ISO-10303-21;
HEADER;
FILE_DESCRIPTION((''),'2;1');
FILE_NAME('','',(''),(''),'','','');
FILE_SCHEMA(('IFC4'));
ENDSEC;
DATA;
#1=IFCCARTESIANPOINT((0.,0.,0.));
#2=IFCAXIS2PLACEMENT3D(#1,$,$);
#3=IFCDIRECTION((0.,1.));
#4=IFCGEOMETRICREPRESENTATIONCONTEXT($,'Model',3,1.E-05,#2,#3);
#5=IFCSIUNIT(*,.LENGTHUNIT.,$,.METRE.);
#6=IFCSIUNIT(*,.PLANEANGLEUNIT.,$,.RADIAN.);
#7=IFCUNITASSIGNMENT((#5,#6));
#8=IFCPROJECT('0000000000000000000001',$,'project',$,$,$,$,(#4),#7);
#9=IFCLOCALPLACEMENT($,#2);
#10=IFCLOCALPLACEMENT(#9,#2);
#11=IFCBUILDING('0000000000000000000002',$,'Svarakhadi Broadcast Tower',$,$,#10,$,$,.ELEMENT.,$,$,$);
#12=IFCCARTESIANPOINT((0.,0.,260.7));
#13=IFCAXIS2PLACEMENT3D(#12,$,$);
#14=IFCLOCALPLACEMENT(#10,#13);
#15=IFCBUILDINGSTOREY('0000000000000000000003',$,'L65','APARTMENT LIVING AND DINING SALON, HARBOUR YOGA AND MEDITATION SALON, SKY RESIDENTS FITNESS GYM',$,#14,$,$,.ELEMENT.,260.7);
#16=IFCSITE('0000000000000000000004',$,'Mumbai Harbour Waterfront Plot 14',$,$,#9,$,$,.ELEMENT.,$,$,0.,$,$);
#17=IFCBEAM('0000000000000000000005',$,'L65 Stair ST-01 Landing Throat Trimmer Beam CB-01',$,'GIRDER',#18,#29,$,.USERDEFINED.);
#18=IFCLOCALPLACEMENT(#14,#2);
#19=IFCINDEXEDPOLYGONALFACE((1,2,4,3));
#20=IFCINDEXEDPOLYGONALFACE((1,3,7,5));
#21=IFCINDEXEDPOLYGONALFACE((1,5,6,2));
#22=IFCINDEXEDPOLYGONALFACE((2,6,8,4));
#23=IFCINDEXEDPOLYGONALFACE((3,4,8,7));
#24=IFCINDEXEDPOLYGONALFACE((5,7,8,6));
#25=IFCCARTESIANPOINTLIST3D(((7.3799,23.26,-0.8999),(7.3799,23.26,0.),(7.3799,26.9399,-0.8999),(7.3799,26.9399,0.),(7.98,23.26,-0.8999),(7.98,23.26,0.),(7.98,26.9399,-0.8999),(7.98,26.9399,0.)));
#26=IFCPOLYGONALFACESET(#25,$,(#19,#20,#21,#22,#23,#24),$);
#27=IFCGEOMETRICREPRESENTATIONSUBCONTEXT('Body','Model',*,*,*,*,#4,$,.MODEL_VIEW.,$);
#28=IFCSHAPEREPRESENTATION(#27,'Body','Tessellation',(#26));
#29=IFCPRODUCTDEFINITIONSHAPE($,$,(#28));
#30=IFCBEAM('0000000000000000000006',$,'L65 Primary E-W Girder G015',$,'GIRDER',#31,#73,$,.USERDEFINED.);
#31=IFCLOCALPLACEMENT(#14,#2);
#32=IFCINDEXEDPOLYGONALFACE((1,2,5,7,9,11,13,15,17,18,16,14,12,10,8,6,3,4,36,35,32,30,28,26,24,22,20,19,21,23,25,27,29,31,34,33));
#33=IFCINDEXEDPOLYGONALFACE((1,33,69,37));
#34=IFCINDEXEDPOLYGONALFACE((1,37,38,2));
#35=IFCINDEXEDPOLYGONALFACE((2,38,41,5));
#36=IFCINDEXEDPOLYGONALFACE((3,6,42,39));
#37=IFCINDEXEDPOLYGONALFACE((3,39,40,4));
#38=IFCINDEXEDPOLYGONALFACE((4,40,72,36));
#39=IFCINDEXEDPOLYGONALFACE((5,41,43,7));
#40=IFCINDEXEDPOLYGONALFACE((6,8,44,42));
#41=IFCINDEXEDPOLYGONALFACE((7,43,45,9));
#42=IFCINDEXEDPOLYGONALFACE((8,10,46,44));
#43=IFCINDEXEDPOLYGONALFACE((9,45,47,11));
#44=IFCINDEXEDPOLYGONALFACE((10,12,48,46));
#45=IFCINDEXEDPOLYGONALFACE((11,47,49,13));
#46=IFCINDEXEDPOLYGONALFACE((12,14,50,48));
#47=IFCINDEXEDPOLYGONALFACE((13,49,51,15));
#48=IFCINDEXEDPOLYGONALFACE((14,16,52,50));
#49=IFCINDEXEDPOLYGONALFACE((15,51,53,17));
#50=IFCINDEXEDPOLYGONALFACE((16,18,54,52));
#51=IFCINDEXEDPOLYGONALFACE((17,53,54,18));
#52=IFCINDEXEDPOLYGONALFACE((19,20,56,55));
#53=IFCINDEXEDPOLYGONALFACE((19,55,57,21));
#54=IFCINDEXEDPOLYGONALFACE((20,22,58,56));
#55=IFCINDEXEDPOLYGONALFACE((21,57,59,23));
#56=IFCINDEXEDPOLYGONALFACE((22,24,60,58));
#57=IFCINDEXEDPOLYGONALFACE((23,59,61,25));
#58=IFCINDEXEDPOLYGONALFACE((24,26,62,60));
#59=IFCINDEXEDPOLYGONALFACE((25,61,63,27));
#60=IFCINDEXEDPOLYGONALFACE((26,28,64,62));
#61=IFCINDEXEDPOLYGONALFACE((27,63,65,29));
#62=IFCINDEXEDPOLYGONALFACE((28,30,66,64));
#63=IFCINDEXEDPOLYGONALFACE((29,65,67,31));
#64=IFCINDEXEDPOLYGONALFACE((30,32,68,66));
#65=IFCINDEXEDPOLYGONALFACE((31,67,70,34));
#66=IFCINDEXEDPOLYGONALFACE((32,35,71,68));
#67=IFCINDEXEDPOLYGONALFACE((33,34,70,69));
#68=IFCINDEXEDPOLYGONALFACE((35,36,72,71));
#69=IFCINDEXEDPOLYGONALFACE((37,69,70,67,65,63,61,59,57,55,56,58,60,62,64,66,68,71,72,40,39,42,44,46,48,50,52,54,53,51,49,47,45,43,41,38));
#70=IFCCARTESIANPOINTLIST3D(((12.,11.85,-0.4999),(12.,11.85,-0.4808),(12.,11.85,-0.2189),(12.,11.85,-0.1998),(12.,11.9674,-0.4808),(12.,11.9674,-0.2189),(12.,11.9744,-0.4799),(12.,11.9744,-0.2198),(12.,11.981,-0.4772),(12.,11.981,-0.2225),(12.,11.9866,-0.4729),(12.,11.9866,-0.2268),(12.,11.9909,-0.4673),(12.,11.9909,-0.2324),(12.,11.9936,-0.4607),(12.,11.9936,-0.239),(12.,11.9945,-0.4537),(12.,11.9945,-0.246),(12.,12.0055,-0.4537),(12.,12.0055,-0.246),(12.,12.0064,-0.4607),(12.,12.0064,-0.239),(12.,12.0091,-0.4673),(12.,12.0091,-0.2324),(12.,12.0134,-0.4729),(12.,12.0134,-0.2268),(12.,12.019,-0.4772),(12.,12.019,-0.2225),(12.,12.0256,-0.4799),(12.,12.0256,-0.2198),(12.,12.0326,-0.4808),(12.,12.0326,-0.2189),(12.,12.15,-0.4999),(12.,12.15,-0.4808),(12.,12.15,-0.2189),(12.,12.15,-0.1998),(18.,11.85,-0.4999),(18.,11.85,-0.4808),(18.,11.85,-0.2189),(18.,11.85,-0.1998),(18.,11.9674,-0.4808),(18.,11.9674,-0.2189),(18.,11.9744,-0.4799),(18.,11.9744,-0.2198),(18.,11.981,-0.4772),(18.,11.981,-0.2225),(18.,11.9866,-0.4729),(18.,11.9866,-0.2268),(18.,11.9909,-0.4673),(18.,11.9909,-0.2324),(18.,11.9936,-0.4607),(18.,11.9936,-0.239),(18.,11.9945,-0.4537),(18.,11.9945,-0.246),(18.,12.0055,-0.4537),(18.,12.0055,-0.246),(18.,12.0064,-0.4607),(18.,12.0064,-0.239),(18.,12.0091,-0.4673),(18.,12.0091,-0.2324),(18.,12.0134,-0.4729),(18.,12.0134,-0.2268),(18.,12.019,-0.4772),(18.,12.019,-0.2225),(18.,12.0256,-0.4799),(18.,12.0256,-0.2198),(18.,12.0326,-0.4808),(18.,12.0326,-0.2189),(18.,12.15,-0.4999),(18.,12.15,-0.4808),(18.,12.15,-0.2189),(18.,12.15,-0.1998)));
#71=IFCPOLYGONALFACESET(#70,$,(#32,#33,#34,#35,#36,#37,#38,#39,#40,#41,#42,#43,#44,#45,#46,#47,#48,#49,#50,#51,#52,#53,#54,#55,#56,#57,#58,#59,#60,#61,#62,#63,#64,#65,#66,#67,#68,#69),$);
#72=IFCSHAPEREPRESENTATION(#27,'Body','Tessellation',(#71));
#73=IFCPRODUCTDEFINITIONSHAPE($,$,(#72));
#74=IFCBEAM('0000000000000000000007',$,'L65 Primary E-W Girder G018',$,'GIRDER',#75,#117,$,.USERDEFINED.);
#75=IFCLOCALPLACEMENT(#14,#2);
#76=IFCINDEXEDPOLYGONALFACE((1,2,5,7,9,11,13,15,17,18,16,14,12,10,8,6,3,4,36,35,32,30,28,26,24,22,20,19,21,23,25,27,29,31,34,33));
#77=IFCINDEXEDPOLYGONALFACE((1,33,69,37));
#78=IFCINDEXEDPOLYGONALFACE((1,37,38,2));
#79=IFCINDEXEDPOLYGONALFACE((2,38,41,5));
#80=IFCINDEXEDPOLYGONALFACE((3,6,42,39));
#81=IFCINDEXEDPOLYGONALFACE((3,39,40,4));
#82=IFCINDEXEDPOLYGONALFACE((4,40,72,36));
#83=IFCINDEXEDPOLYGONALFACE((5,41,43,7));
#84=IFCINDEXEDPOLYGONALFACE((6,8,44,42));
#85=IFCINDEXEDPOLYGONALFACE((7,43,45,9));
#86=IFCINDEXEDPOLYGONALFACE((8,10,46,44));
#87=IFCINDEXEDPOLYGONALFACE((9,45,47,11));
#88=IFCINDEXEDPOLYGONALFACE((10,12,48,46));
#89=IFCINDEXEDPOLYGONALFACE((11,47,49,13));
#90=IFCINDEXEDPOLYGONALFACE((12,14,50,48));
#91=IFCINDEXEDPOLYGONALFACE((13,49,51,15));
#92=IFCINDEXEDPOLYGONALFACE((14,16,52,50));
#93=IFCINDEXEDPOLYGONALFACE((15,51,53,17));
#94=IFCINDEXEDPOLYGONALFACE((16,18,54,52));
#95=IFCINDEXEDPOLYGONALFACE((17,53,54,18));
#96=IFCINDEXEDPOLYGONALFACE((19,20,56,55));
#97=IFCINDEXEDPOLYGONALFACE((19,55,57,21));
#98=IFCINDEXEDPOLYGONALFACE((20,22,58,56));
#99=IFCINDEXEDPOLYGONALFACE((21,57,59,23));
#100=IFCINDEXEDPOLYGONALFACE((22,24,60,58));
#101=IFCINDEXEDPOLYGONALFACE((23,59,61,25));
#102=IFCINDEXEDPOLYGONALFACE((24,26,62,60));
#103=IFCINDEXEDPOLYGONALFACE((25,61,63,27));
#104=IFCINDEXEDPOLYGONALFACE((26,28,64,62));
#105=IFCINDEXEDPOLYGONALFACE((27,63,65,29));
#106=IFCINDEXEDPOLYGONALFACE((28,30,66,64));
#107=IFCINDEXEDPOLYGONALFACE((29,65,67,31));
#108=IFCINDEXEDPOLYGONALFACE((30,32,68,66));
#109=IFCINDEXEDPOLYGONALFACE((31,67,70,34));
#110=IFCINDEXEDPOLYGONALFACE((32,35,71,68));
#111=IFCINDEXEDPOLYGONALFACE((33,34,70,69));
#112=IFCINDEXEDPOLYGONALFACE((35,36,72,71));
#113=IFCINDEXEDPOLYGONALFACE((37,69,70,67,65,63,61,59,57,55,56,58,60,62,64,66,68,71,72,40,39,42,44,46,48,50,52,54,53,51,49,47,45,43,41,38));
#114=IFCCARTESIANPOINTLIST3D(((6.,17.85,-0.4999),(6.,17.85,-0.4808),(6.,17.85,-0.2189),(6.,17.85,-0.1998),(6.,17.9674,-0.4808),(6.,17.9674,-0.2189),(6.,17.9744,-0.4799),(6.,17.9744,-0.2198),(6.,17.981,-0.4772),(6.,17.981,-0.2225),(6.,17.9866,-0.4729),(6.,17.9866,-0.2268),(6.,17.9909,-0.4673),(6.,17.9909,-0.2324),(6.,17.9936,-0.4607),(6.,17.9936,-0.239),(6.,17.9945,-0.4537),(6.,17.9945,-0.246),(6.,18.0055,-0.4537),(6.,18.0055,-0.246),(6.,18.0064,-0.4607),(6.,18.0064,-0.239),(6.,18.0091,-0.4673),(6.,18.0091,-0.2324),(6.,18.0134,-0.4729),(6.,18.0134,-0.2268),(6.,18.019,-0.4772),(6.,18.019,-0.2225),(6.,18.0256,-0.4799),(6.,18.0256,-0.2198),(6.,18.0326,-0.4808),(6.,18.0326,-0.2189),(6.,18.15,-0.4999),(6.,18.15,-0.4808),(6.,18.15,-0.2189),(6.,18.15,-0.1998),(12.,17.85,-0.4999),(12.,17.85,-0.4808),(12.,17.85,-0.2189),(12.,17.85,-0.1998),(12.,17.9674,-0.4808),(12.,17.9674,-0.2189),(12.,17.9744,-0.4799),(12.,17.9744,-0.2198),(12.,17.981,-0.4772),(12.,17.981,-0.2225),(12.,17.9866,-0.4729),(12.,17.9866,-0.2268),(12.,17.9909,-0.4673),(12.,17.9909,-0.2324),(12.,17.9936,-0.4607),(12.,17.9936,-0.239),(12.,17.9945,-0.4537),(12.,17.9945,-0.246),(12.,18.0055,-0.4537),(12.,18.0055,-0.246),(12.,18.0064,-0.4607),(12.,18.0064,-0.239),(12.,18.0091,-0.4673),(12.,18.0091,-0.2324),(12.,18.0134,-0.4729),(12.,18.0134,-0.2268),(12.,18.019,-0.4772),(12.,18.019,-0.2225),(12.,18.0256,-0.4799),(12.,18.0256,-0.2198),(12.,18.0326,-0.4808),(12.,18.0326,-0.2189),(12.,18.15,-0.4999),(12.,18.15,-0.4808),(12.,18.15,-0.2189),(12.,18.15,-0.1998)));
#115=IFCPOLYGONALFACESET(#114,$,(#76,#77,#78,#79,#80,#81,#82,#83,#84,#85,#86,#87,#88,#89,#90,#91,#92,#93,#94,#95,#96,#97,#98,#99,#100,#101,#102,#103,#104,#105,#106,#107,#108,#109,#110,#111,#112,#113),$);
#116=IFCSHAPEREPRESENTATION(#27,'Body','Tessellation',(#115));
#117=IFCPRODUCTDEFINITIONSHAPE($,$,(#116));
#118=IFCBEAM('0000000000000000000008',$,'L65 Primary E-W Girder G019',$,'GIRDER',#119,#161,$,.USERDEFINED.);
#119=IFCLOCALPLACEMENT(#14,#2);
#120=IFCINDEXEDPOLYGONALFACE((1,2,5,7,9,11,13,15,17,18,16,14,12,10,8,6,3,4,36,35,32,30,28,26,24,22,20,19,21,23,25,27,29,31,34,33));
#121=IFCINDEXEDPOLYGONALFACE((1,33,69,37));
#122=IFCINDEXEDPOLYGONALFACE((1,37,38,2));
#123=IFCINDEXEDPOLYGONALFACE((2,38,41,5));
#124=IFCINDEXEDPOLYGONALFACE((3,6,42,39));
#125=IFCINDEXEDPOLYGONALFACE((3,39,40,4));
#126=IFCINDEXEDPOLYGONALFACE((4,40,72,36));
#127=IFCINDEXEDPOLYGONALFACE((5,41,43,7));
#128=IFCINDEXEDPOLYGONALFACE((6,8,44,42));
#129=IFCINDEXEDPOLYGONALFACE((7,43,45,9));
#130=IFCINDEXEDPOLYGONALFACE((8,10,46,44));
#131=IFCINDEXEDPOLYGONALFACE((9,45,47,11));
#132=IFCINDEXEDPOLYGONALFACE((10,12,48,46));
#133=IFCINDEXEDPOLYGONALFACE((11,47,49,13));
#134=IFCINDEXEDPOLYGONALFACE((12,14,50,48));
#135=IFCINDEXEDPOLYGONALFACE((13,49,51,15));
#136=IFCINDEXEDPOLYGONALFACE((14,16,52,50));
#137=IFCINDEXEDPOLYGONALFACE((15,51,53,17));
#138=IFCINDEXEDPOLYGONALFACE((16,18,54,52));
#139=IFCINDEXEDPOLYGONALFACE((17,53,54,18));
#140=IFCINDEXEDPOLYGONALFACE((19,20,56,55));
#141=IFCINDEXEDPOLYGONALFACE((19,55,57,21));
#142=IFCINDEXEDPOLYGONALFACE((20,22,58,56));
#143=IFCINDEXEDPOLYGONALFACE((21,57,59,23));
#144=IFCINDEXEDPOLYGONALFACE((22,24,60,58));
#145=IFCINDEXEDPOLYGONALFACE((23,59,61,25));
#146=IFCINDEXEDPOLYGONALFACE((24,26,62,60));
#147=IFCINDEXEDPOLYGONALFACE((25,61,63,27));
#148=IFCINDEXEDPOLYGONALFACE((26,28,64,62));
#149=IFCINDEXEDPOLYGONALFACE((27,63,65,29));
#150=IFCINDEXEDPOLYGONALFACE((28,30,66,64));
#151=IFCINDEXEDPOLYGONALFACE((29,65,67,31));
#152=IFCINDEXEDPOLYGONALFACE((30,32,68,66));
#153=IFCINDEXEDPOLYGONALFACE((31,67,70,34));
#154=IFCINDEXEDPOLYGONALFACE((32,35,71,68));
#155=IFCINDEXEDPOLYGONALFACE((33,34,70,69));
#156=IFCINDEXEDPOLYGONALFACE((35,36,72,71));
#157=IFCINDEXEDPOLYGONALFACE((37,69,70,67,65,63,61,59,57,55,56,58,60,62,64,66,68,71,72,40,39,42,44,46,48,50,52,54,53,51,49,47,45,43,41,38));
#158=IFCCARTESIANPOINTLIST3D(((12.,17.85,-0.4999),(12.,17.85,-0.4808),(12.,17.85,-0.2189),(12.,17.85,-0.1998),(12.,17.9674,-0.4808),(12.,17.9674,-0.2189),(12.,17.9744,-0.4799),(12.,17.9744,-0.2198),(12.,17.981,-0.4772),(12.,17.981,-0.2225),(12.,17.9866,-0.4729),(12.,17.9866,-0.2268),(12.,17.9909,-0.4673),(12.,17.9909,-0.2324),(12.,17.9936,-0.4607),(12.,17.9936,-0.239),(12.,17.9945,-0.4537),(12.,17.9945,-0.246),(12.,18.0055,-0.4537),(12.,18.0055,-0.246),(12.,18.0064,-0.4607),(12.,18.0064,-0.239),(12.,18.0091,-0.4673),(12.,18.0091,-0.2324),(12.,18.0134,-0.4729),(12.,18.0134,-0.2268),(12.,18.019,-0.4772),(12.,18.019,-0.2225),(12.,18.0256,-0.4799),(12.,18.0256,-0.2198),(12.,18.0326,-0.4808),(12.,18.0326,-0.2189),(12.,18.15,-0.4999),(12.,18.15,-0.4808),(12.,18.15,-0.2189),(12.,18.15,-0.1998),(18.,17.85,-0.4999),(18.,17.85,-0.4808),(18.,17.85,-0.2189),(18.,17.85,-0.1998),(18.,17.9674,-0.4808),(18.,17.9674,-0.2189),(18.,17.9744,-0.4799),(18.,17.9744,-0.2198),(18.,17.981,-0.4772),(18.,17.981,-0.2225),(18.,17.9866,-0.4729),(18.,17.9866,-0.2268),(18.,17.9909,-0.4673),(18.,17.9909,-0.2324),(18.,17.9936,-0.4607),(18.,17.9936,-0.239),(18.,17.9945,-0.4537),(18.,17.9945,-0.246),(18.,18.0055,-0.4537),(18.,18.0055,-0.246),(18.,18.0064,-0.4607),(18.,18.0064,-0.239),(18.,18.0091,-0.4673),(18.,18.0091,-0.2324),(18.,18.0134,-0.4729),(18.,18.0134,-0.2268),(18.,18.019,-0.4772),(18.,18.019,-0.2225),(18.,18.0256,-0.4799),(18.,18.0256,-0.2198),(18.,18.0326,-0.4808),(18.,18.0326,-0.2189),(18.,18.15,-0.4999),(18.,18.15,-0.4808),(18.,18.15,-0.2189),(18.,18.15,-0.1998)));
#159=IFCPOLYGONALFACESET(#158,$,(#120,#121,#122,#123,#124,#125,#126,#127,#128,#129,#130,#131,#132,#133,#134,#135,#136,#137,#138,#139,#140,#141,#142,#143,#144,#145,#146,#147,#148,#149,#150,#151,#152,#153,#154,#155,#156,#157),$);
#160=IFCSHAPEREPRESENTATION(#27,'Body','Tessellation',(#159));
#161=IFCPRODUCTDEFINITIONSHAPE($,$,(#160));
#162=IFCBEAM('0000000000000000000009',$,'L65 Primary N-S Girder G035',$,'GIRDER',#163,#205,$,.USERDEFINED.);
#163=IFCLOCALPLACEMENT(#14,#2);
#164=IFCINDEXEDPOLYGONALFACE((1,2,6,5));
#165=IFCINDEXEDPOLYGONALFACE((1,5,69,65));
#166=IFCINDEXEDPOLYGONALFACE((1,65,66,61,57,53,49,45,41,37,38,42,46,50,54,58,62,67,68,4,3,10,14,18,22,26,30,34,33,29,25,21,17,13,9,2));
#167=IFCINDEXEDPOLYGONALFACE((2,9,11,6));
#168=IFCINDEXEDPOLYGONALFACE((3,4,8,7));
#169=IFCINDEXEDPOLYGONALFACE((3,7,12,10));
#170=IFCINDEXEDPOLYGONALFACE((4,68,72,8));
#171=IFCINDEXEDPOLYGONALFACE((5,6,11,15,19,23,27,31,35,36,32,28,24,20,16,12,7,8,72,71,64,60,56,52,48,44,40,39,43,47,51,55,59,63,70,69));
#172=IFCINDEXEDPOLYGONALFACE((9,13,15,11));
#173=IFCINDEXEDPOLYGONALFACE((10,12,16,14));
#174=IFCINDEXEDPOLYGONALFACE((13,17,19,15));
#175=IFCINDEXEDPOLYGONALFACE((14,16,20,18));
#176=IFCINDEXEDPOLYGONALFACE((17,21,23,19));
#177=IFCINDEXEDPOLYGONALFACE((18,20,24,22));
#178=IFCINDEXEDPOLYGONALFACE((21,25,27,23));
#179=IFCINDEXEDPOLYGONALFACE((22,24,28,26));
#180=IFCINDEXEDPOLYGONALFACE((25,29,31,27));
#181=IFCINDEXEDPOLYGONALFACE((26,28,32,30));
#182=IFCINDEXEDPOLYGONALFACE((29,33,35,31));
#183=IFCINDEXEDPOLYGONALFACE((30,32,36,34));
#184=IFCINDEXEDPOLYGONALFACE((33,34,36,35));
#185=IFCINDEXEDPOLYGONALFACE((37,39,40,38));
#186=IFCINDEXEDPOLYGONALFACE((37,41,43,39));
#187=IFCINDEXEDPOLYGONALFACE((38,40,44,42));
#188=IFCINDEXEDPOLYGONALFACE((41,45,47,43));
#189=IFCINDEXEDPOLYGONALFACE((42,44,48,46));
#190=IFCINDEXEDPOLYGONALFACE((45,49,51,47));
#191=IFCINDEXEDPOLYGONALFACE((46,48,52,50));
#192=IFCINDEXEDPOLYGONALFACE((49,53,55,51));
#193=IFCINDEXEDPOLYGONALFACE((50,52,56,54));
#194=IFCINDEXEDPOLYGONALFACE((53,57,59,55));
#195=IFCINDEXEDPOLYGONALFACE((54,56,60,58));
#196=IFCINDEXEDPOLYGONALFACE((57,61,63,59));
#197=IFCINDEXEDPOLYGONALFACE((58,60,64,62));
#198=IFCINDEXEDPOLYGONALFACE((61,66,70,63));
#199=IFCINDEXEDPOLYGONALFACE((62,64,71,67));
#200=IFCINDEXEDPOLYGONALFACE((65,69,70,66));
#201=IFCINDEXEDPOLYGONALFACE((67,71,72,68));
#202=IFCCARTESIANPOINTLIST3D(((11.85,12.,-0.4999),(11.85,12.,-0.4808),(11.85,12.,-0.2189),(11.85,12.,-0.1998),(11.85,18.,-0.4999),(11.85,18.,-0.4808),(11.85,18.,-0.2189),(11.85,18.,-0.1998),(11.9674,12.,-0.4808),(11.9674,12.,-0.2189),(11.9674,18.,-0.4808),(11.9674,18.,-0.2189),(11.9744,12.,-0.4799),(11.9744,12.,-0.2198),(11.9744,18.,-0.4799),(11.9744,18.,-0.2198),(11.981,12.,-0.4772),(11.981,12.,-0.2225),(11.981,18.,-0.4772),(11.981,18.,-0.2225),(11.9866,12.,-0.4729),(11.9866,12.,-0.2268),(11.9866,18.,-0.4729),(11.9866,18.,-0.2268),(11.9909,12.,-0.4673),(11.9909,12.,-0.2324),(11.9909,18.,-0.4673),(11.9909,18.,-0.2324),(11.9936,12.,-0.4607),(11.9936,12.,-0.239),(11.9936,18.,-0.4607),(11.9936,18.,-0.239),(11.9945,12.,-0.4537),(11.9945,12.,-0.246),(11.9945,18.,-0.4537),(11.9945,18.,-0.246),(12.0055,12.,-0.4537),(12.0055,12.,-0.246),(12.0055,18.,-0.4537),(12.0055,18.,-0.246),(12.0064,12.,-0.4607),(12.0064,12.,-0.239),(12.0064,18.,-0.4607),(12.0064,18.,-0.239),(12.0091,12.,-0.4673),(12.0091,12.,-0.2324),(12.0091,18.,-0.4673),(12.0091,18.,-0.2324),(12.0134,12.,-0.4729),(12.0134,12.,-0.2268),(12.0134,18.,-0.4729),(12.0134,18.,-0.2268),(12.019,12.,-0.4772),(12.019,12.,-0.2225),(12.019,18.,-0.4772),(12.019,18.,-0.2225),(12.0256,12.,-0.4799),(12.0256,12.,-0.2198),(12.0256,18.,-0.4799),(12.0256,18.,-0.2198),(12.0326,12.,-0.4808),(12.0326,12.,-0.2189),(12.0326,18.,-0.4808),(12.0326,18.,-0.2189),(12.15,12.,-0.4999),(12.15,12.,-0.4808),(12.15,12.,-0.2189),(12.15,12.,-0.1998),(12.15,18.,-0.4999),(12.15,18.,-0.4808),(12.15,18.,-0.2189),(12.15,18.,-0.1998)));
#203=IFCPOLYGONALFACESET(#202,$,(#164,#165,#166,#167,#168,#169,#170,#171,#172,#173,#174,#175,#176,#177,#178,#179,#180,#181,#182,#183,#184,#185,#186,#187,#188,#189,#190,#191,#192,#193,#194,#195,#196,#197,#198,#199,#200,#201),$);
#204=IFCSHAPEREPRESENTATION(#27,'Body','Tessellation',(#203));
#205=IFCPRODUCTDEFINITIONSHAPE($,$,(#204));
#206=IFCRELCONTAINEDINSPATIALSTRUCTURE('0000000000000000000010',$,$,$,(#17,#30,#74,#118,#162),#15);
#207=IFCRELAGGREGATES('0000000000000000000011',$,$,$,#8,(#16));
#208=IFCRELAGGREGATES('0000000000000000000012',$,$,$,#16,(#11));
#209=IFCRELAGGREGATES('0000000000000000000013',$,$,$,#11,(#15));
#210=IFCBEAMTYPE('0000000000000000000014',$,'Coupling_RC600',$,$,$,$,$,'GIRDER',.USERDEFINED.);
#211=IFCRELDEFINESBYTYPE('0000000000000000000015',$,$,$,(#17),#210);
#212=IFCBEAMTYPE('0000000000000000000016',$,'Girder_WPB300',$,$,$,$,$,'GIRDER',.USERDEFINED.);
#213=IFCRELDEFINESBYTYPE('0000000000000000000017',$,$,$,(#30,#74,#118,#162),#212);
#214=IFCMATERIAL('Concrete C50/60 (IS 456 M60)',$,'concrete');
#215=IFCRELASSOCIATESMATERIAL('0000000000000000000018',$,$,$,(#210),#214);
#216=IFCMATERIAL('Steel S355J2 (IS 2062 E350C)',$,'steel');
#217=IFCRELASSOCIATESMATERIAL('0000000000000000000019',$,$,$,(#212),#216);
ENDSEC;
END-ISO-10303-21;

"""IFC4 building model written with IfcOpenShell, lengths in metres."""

from ifc_helpers import new_model, si_unit, direction, frame, origin, origin_2d, place, context, subcontext, project, spatial, rectangle, i_section, extrude, material, material_profile, profile_set, type_object, element, save


model = new_model("IFC4")

# Units and contexts
model_context = context("Model", 3, precision=1e-05, world=origin(), true_north=direction((0.0, 1.0)))
body_context = subcontext(model_context, "Body", "Model", "MODEL_VIEW")
ifc_project = project(units=[si_unit("LENGTHUNIT", "METRE"), si_unit("PLANEANGLEUNIT", "RADIAN")], contexts=[model_context])

# Site, building, storey
site_placement = place(None, origin())
site = spatial("IfcSite", under=ifc_project, at=site_placement, Name="Mumbai Harbour Waterfront Plot 14", CompositionType="ELEMENT", RefElevation=0.0)
building_placement = place(site_placement, origin())
building = spatial("IfcBuilding", under=site, at=building_placement, Name="Svarakhadi Broadcast Tower", CompositionType="ELEMENT")
storey_placement = place(building_placement, frame((0.0, 0.0, 260.7)))
storey = spatial("IfcBuildingStorey", under=building, at=storey_placement, Name="L65", Description="APARTMENT LIVING AND DINING SALON, HARBOUR YOGA AND MEDITATION SALON, SKY RESIDENTS FITNESS GYM", CompositionType="ELEMENT", Elevation=260.7)

# Shared definitions
ifc_material_1 = material(Name="Concrete C50/60 (IS 456 M60)", Category="concrete")

# Beams
ifc_material_2 = material(Name="Steel S355J2 (IS 2062 E350C)", Category="steel")
ifc_material_profile_1 = material_profile(ifc_material_1, rectangle(XDim=0.6001, YDim=0.8999, at=origin_2d()), Name="RC 600x900")
ifc_profile_set_1 = profile_set([ifc_material_profile_1], Name="Concrete C50/60 (IS 456 M60)")
beam_type_1 = type_object("IfcBeamType", Name="Coupling_RC600", ElementType="GIRDER", PredefinedType="USERDEFINED", material=ifc_profile_set_1)
beam_1_placement = place(storey_placement, frame((7.6799, 23.26, -0.45), z_axis=(0.0, 1.0, 0.0), x_axis=(-1.0, 0.0, 0.0)))
element("IfcBeam", 1, at=beam_1_placement, inside=storey, type_object=beam_type_1, Name="L65 Stair ST-01 Landing Throat Trimmer Beam CB-01", ObjectType="GIRDER", PredefinedType="USERDEFINED", context=body_context, shape_type="SweptSolid", body=[
    extrude(rectangle(XDim=0.6001, YDim=0.8999, at=origin_2d()), origin(), (0.0, 0.0, 1.0), 3.6799),
])
ifc_material_profile_2 = material_profile(ifc_material_2, i_section(OverallWidth=0.3, OverallDepth=0.3, WebThickness=0.011, FlangeThickness=0.019, FilletRadius=0.0271, at=origin_2d()), Name="WPB 300x300x117")
ifc_profile_set_2 = profile_set([ifc_material_profile_2], Name="Steel S355J2 (IS 2062 E350C)")
beam_type_2 = type_object("IfcBeamType", Name="Girder_WPB300", ElementType="GIRDER", PredefinedType="USERDEFINED", material=ifc_profile_set_2)
for number, where, z_axis, x_axis, name in (
    (2, (12.0, 12.0, -0.3499), (1.0, 0.0, 0.0), (0.0, 1.0, 0.0), "L65 Primary E-W Girder G015"),
    (3, (6.0, 18.0, -0.3499), (1.0, 0.0, 0.0), (0.0, 1.0, 0.0), "L65 Primary E-W Girder G018"),
    (4, (12.0, 18.0, -0.3499), (1.0, 0.0, 0.0), (0.0, 1.0, 0.0), "L65 Primary E-W Girder G019"),
    (5, (12.0, 12.0, -0.3499), (0.0, 1.0, 0.0), (-1.0, 0.0, 0.0), "L65 Primary N-S Girder G035"),
):
    element("IfcBeam", number, at=place(storey_placement, frame(where, z_axis=z_axis, x_axis=x_axis)), inside=storey, type_object=beam_type_2, Name=name, ObjectType="GIRDER", PredefinedType="USERDEFINED", context=body_context, shape_type="SweptSolid", body=[
        extrude(i_section(OverallWidth=0.3, OverallDepth=0.3, WebThickness=0.011, FlangeThickness=0.019, FilletRadius=0.0271, at=origin_2d()), origin(), (0.0, 0.0, 1.0), 6.0),
    ])

save(model, "model.ifc")
